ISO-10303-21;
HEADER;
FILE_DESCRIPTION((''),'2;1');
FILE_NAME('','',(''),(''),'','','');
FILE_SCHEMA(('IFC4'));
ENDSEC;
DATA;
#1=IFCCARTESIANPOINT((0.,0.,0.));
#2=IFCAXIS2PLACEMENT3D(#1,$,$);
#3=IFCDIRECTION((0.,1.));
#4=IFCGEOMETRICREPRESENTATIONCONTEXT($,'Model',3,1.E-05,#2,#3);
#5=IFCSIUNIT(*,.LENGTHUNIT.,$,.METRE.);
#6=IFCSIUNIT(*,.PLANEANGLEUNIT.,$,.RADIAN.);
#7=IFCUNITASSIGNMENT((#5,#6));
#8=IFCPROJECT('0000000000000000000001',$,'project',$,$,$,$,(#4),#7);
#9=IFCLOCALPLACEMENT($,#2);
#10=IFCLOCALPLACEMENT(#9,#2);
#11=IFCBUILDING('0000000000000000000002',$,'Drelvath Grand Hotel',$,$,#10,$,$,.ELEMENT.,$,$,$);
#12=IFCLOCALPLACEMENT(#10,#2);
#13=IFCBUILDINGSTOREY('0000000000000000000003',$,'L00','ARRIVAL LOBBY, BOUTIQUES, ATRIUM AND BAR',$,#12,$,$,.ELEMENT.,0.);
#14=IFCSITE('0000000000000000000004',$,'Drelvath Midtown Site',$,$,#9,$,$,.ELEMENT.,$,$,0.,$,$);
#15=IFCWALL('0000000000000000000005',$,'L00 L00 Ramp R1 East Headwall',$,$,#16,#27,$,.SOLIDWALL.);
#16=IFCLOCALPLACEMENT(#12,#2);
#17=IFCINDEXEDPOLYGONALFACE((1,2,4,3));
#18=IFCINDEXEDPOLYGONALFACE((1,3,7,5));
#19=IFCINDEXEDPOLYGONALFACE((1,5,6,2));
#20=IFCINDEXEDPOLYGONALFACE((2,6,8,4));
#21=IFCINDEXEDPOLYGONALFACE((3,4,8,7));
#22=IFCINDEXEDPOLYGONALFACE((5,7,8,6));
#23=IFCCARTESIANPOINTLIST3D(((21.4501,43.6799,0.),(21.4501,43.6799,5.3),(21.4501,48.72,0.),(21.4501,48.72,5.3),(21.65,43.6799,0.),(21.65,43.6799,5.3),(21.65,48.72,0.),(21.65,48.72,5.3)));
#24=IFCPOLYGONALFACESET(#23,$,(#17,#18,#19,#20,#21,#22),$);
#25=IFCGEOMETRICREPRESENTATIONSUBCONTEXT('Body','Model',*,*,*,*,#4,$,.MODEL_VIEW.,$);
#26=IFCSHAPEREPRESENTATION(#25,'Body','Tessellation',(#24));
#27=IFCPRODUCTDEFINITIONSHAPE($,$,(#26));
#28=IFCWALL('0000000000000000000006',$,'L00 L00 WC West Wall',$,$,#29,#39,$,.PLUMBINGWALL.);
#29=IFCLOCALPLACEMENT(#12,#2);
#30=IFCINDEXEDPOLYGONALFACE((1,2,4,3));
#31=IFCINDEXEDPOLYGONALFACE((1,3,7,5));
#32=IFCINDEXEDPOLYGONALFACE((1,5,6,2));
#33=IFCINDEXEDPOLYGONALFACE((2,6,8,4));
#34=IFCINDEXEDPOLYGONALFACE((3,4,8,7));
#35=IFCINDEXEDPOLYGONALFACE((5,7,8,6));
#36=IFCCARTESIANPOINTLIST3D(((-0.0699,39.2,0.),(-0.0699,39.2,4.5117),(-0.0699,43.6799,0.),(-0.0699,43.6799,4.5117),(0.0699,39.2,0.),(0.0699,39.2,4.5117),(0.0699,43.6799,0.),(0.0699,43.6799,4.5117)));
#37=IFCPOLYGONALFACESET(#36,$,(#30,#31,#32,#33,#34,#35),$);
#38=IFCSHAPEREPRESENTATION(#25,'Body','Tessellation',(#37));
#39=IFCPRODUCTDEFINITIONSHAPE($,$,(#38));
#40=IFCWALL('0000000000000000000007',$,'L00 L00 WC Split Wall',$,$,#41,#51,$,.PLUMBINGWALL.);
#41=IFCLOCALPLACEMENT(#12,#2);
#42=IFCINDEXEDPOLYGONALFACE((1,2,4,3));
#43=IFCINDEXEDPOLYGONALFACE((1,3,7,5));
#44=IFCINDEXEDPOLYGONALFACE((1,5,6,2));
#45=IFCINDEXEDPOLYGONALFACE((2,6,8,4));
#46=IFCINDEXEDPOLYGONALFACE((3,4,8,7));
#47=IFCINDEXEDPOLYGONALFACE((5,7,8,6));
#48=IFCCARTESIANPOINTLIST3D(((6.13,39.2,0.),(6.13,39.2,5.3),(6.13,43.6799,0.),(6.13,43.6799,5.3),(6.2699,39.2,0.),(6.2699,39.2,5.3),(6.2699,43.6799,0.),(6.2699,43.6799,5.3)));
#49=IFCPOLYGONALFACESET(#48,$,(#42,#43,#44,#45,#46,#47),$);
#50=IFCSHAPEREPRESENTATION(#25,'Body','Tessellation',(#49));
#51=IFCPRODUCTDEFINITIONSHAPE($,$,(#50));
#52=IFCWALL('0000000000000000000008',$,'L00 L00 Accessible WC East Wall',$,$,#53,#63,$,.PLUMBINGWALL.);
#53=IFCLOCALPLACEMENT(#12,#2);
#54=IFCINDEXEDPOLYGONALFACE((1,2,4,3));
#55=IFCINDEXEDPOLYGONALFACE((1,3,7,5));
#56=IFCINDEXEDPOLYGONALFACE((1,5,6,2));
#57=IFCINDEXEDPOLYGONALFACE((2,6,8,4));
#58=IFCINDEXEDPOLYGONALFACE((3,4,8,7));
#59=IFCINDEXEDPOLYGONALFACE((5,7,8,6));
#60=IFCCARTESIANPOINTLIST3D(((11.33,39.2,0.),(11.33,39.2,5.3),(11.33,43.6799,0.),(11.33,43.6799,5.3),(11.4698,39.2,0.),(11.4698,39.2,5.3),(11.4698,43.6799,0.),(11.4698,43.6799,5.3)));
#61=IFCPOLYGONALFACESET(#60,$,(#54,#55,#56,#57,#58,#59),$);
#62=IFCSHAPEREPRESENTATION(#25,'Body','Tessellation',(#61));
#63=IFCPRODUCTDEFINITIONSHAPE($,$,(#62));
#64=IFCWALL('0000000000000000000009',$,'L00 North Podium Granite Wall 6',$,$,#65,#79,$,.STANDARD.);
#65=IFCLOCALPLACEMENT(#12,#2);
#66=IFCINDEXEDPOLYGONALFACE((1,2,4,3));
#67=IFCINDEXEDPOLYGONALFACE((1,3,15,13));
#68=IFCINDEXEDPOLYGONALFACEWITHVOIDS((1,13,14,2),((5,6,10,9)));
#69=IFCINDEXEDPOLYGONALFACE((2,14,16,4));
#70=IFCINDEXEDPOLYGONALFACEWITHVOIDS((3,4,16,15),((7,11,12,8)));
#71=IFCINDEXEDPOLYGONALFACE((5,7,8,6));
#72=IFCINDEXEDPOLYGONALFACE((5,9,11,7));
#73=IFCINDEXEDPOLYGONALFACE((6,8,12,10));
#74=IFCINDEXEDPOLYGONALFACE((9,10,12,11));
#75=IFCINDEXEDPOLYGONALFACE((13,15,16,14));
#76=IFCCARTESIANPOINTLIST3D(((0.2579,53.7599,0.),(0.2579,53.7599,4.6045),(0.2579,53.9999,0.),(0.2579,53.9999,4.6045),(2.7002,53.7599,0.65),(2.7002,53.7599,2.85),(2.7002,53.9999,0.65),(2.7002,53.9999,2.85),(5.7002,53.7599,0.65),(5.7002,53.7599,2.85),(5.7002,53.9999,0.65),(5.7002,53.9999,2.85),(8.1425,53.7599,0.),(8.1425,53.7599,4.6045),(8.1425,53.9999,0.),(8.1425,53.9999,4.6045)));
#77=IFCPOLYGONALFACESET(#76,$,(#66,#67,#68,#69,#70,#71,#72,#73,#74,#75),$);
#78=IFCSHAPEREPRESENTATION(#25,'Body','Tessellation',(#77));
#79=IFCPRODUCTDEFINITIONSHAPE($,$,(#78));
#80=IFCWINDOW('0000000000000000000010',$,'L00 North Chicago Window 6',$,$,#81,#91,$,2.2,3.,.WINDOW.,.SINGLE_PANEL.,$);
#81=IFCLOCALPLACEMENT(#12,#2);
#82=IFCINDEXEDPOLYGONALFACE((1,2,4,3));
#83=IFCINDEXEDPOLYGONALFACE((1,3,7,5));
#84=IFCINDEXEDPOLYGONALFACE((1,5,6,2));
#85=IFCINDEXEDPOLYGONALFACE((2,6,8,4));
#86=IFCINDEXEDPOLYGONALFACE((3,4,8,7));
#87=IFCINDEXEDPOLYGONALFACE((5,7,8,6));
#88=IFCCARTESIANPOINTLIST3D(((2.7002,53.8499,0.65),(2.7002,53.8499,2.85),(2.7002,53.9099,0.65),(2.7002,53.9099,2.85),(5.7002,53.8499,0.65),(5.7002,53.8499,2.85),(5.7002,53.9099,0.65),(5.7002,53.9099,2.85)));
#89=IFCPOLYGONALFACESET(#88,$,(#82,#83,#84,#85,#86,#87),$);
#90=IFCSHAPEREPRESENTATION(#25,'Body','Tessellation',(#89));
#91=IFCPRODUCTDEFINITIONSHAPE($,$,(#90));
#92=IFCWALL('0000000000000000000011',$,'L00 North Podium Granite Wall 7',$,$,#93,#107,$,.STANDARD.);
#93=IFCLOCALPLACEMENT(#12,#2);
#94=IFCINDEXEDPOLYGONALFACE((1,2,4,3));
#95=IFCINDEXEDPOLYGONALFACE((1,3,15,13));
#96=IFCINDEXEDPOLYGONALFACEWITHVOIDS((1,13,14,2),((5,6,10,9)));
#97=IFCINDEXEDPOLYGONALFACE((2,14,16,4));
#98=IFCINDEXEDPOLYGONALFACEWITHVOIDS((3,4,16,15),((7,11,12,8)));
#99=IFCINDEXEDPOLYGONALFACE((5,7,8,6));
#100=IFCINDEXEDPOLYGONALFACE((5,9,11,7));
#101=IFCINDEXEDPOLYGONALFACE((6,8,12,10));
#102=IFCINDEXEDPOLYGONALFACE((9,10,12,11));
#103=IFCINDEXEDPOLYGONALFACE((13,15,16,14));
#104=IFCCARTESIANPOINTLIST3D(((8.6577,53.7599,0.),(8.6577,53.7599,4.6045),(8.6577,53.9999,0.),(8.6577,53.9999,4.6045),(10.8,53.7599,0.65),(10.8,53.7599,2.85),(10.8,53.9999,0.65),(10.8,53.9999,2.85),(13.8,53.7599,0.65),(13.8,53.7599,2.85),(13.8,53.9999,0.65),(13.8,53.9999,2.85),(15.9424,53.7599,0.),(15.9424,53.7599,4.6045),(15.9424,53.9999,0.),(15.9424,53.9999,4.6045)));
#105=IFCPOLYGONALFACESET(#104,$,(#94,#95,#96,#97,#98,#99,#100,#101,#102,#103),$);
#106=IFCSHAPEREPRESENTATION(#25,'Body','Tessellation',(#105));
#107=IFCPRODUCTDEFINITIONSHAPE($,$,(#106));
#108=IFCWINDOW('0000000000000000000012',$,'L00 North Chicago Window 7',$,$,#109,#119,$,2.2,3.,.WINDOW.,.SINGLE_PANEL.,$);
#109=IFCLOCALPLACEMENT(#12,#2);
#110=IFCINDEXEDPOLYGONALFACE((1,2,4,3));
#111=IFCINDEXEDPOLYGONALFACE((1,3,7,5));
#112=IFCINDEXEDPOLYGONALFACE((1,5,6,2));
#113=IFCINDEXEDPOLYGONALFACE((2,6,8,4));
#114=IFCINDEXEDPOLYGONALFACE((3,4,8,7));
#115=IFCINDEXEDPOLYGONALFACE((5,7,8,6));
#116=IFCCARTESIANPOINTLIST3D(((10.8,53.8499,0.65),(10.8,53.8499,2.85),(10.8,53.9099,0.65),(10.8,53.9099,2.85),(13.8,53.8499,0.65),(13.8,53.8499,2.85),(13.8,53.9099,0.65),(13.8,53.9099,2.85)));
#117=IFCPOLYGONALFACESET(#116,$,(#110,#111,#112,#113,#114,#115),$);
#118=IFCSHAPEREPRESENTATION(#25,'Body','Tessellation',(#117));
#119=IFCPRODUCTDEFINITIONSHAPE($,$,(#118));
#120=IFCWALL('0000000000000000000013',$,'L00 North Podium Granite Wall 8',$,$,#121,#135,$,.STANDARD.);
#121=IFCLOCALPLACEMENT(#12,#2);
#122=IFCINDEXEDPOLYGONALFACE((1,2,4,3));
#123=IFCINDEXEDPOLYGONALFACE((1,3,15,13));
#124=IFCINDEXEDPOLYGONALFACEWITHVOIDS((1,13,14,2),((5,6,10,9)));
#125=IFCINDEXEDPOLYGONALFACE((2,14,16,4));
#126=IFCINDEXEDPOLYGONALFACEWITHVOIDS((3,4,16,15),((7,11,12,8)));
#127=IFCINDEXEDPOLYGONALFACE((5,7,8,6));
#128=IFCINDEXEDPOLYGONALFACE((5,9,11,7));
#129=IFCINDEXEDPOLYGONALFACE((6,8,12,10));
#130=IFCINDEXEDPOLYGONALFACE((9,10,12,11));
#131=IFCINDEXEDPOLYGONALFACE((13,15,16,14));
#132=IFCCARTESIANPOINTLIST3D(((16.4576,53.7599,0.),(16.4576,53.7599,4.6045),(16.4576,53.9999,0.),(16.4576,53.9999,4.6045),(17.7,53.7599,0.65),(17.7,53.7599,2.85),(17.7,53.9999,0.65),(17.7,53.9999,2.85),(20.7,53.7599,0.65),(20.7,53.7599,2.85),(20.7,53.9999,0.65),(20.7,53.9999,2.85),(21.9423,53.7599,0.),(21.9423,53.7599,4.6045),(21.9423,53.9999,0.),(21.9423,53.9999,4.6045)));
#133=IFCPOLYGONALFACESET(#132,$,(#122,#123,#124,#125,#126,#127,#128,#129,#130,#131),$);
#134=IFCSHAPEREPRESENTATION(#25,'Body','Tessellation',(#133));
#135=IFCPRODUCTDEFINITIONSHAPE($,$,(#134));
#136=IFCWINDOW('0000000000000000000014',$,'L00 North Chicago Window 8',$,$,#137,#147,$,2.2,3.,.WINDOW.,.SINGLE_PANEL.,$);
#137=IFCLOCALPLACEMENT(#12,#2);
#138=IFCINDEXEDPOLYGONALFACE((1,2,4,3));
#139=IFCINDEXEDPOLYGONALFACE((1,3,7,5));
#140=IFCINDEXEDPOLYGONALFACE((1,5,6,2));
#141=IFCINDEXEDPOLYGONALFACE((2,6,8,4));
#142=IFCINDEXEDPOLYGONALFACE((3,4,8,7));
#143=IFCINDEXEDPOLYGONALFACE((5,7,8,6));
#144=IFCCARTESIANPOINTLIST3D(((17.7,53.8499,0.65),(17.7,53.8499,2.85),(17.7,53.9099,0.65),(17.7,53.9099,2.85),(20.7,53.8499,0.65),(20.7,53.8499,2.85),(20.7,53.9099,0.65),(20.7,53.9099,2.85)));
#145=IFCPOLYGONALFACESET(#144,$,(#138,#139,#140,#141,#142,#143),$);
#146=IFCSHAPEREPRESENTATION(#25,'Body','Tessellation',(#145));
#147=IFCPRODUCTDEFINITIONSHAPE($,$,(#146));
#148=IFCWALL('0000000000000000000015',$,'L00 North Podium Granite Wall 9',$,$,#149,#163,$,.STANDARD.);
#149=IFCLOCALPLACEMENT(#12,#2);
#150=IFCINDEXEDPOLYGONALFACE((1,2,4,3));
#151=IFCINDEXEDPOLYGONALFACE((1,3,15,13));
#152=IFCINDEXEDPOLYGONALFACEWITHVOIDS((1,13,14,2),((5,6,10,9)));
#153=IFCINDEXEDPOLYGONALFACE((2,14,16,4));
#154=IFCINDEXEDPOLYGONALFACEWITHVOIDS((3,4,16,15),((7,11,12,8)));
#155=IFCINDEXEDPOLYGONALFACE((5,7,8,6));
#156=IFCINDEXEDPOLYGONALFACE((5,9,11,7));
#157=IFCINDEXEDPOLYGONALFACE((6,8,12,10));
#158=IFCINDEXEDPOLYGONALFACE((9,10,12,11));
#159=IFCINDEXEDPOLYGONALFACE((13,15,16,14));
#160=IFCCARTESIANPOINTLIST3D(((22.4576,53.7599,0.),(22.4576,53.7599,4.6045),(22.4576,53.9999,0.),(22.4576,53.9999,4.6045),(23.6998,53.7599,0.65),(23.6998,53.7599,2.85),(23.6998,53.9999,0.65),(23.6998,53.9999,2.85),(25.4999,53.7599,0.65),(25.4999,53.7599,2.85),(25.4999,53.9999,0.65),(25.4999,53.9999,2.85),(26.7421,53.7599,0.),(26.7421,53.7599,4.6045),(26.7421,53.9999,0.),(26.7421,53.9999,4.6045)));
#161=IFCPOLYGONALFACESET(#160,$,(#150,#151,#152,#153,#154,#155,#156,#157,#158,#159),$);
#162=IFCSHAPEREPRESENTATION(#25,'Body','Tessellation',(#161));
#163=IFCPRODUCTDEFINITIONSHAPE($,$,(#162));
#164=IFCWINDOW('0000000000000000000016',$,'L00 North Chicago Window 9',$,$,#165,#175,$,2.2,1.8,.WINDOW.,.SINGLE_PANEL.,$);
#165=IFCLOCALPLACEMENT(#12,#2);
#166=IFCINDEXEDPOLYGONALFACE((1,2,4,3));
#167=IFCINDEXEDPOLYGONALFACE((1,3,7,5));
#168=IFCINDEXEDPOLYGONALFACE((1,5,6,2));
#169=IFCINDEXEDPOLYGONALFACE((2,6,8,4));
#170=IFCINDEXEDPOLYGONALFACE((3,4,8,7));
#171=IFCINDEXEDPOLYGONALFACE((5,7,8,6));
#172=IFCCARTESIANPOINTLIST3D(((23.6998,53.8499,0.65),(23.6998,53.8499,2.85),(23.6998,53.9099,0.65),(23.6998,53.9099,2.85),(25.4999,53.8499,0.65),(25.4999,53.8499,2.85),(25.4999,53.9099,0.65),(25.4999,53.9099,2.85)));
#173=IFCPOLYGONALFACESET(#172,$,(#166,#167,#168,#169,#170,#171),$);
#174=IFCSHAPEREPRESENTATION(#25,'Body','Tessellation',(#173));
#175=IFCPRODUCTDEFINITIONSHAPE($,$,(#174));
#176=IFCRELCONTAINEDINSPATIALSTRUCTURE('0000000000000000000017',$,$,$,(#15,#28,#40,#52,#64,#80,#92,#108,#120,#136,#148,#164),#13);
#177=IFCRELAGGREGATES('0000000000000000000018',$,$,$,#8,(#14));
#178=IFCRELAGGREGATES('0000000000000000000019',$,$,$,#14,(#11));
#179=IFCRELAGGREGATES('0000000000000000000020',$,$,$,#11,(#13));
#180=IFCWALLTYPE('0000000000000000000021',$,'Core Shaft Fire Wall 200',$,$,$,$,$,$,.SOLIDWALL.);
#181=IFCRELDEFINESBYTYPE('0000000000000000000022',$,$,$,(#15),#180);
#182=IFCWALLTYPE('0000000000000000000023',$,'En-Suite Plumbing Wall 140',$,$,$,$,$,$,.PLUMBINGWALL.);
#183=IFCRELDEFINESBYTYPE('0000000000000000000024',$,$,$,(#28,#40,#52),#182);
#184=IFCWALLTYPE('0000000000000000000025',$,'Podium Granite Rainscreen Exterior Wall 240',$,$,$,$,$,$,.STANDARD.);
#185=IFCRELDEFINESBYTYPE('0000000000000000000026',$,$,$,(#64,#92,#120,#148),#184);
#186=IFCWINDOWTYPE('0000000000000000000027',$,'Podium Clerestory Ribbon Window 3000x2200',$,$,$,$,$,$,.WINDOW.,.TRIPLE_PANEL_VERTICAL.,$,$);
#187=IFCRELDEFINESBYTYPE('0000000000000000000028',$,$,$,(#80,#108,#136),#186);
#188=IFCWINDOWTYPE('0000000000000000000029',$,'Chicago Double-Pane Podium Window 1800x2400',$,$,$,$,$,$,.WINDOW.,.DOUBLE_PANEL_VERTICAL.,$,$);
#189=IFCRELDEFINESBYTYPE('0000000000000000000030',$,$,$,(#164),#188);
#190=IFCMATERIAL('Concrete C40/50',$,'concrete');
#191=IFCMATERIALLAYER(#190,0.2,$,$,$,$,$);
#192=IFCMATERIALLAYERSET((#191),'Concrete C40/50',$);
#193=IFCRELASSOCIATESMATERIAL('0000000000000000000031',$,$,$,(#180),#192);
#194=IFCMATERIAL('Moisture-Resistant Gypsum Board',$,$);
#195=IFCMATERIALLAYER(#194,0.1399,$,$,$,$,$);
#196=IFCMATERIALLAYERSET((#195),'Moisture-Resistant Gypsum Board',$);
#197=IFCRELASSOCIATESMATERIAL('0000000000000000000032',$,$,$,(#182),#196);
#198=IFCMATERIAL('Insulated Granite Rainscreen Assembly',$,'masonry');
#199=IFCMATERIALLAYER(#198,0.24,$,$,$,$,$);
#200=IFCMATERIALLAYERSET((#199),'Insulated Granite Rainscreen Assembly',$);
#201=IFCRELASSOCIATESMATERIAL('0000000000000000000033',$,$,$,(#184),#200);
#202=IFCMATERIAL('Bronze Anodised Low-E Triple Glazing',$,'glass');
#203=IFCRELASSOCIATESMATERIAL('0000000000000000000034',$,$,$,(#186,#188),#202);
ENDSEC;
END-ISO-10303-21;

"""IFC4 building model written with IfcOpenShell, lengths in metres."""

from ifc_helpers import new_model, si_unit, direction, frame, frame_2d, origin, place, context, subcontext, project, spatial, rectangle, extrude, material, layer, layer_set, type_object, element, fill, save


model = new_model("IFC4")

# Units and contexts
model_context = context("Model", 3, precision=1e-05, world=origin(), true_north=direction((0.0, 1.0)))
body_context = subcontext(model_context, "Body", "Model", "MODEL_VIEW")
ifc_project = project(units=[si_unit("LENGTHUNIT", "METRE"), si_unit("PLANEANGLEUNIT", "RADIAN")], contexts=[model_context])

# Site, building, storey
site_placement = place(None, origin())
site = spatial("IfcSite", under=ifc_project, at=site_placement, Name="Drelvath Midtown Site", CompositionType="ELEMENT", RefElevation=0.0)
building_placement = place(site_placement, origin())
building = spatial("IfcBuilding", under=site, at=building_placement, Name="Drelvath Grand Hotel", CompositionType="ELEMENT")
storey_placement = place(building_placement, origin())
storey = spatial("IfcBuildingStorey", under=building, at=storey_placement, Name="L00", Description="ARRIVAL LOBBY, BOUTIQUES, ATRIUM AND BAR", CompositionType="ELEMENT", Elevation=0.0)

# Walls
ifc_material_1 = material(Name="Concrete C40/50", Category="concrete")
ifc_layer_1 = layer(ifc_material_1, 0.2)
ifc_layer_set_1 = layer_set([ifc_layer_1], Name="Concrete C40/50")
wall_type_1 = type_object("IfcWallType", Name="Core Shaft Fire Wall 200", PredefinedType="SOLIDWALL", material=ifc_layer_set_1)
wall_1_placement = place(storey_placement, frame((21.55, 43.6799, 0.0), z_axis=(0.0, 0.0, 1.0), x_axis=(0.0, 1.0, 0.0)))
element("IfcWall", 1, at=wall_1_placement, inside=storey, type_object=wall_type_1, Name="L00 L00 Ramp R1 East Headwall", PredefinedType="SOLIDWALL", context=body_context, shape_type="SweptSolid", body=[
    extrude(rectangle(XDim=5.04, YDim=0.2, at=frame_2d((2.52, 0.0))), origin(), (0.0, 0.0, 1.0), 5.3),
])
ifc_material_2 = material(Name="Moisture-Resistant Gypsum Board")
ifc_layer_2 = layer(ifc_material_2, 0.1399)
ifc_layer_set_2 = layer_set([ifc_layer_2], Name="Moisture-Resistant Gypsum Board")
wall_type_2 = type_object("IfcWallType", Name="En-Suite Plumbing Wall 140", PredefinedType="PLUMBINGWALL", material=ifc_layer_set_2)
wall_2_placement = place(storey_placement, frame((0.0, 39.2, 0.0), z_axis=(0.0, 0.0, 1.0), x_axis=(0.0, 1.0, 0.0)))
element("IfcWall", 2, at=wall_2_placement, inside=storey, type_object=wall_type_2, Name="L00 L00 WC West Wall", PredefinedType="PLUMBINGWALL", context=body_context, shape_type="SweptSolid", body=[
    extrude(rectangle(XDim=4.48, YDim=0.1399, at=frame_2d((2.24, 0.0))), origin(), (0.0, 0.0, 1.0), 4.5117),
])
for number, where, z_axis, x_axis, name in (
    (3, (6.2, 39.2, 0.0), (0.0, 0.0, 1.0), (0.0, 1.0, 0.0), "L00 L00 WC Split Wall"),
    (4, (11.3999, 39.2, 0.0), (0.0, 0.0, 1.0), (0.0, 1.0, 0.0), "L00 L00 Accessible WC East Wall"),
):
    element("IfcWall", number, at=place(storey_placement, frame(where, z_axis=z_axis, x_axis=x_axis)), inside=storey, type_object=wall_type_2, Name=name, PredefinedType="PLUMBINGWALL", context=body_context, shape_type="SweptSolid", body=[
        extrude(rectangle(XDim=4.48, YDim=0.1399, at=frame_2d((2.24, 0.0))), origin(), (0.0, 0.0, 1.0), 5.3),
    ])

# Walls, openings, windows
ifc_material_3 = material(Name="Insulated Granite Rainscreen Assembly", Category="masonry")
ifc_layer_3 = layer(ifc_material_3, 0.24)
ifc_layer_set_3 = layer_set([ifc_layer_3], Name="Insulated Granite Rainscreen Assembly")
wall_type_3 = type_object("IfcWallType", Name="Podium Granite Rainscreen Exterior Wall 240", PredefinedType="STANDARD", material=ifc_layer_set_3)
wall_3_placement = place(storey_placement, frame((0.2578, 53.8799, 0.0), z_axis=(0.0, 0.0, 1.0), x_axis=(1.0, 0.0, 0.0)))
wall_3 = element("IfcWall", 5, at=wall_3_placement, inside=storey, type_object=wall_type_3, Name="L00 North Podium Granite Wall 6", PredefinedType="STANDARD", context=body_context, shape_type="SweptSolid", body=[
    extrude(rectangle(XDim=7.8845, YDim=0.24, at=frame_2d((3.9424, 0.0))), origin(), (0.0, 0.0, 1.0), 4.6045),
])
opening_1_placement = place(wall_3_placement, frame((2.4424, 0.0, 0.6499)))
opening_1 = element("IfcOpeningElement", 6, at=opening_1_placement, cuts=wall_3, PredefinedType="OPENING", context=body_context, shape_type="SweptSolid", body=[
    extrude(rectangle(XDim=3.0, YDim=2.2, at=frame_2d((1.5, 1.1001))), frame((0.0, 0.1299, 0.0), z_axis=(0.0, -1.0, 0.0), x_axis=(1.0, 0.0, 0.0)), (0.0, 0.0, 1.0), 0.26),
])
ifc_material_4 = material(Name="Bronze Anodised Low-E Triple Glazing", Category="glass")
window_type_1 = type_object("IfcWindowType", Name="Podium Clerestory Ribbon Window 3000x2200", PartitioningType="TRIPLE_PANEL_VERTICAL", PredefinedType="WINDOW", material=ifc_material_4)
window_1_placement = place(opening_1_placement, origin())
window_1 = element("IfcWindow", 7, at=window_1_placement, inside=storey, type_object=window_type_1, Name="L00 North Chicago Window 6", OverallHeight=2.2, OverallWidth=3.0, PartitioningType="SINGLE_PANEL", PredefinedType="WINDOW", context=body_context, shape_type="SweptSolid", body=[
    extrude(rectangle(XDim=3.0, YDim=2.2, at=frame_2d((1.5, 1.1001))), frame((0.0, 0.03, 0.0), z_axis=(0.0, -1.0, 0.0), x_axis=(1.0, 0.0, 0.0)), (0.0, 0.0, 1.0), 0.0601),
])
fill(opening_1, window_1)
wall_4_placement = place(storey_placement, frame((8.6577, 53.8799, 0.0), z_axis=(0.0, 0.0, 1.0), x_axis=(1.0, 0.0, 0.0)))
wall_4 = element("IfcWall", 8, at=wall_4_placement, inside=storey, type_object=wall_type_3, Name="L00 North Podium Granite Wall 7", PredefinedType="STANDARD", context=body_context, shape_type="SweptSolid", body=[
    extrude(rectangle(XDim=7.2847, YDim=0.24, at=frame_2d((3.6423, 0.0))), origin(), (0.0, 0.0, 1.0), 4.6045),
])
opening_2_placement = place(wall_4_placement, frame((2.1423, 0.0, 0.6499)))
opening_2 = element("IfcOpeningElement", 9, at=opening_2_placement, cuts=wall_4, PredefinedType="OPENING", context=body_context, shape_type="SweptSolid", body=[
    extrude(rectangle(XDim=3.0, YDim=2.2, at=frame_2d((1.5, 1.1001))), frame((0.0, 0.1299, 0.0), z_axis=(0.0, -1.0, 0.0), x_axis=(1.0, 0.0, 0.0)), (0.0, 0.0, 1.0), 0.26),
])
window_2_placement = place(opening_2_placement, origin())
window_2 = element("IfcWindow", 10, at=window_2_placement, inside=storey, type_object=window_type_1, Name="L00 North Chicago Window 7", OverallHeight=2.2, OverallWidth=3.0, PartitioningType="SINGLE_PANEL", PredefinedType="WINDOW", context=body_context, shape_type="SweptSolid", body=[
    extrude(rectangle(XDim=3.0, YDim=2.2, at=frame_2d((1.5, 1.1001))), frame((0.0, 0.03, 0.0), z_axis=(0.0, -1.0, 0.0), x_axis=(1.0, 0.0, 0.0)), (0.0, 0.0, 1.0), 0.0601),
])
fill(opening_2, window_2)
wall_5_placement = place(storey_placement, frame((16.4578, 53.8799, 0.0), z_axis=(0.0, 0.0, 1.0), x_axis=(1.0, 0.0, 0.0)))
wall_5 = element("IfcWall", 11, at=wall_5_placement, inside=storey, type_object=wall_type_3, Name="L00 North Podium Granite Wall 8", PredefinedType="STANDARD", context=body_context, shape_type="SweptSolid", body=[
    extrude(rectangle(XDim=5.4846, YDim=0.24, at=frame_2d((2.7422, 0.0))), origin(), (0.0, 0.0, 1.0), 4.6045),
])
opening_3_placement = place(wall_5_placement, frame((1.2422, 0.0, 0.6499)))
opening_3 = element("IfcOpeningElement", 12, at=opening_3_placement, cuts=wall_5, PredefinedType="OPENING", context=body_context, shape_type="SweptSolid", body=[
    extrude(rectangle(XDim=3.0, YDim=2.2, at=frame_2d((1.5, 1.1001))), frame((0.0, 0.1299, 0.0), z_axis=(0.0, -1.0, 0.0), x_axis=(1.0, 0.0, 0.0)), (0.0, 0.0, 1.0), 0.26),
])
window_3_placement = place(opening_3_placement, origin())
window_3 = element("IfcWindow", 13, at=window_3_placement, inside=storey, type_object=window_type_1, Name="L00 North Chicago Window 8", OverallHeight=2.2, OverallWidth=3.0, PartitioningType="SINGLE_PANEL", PredefinedType="WINDOW", context=body_context, shape_type="SweptSolid", body=[
    extrude(rectangle(XDim=3.0, YDim=2.2, at=frame_2d((1.5, 1.1001))), frame((0.0, 0.03, 0.0), z_axis=(0.0, -1.0, 0.0), x_axis=(1.0, 0.0, 0.0)), (0.0, 0.0, 1.0), 0.0601),
])
fill(opening_3, window_3)
wall_6_placement = place(storey_placement, frame((22.4578, 53.8799, 0.0), z_axis=(0.0, 0.0, 1.0), x_axis=(1.0, 0.0, 0.0)))
wall_6 = element("IfcWall", 14, at=wall_6_placement, inside=storey, type_object=wall_type_3, Name="L00 North Podium Granite Wall 9", PredefinedType="STANDARD", context=body_context, shape_type="SweptSolid", body=[
    extrude(rectangle(XDim=4.2844, YDim=0.24, at=frame_2d((2.1421, 0.0))), origin(), (0.0, 0.0, 1.0), 4.6045),
])
opening_4_placement = place(wall_6_placement, frame((1.2422, 0.0, 0.6499)))
opening_4 = element("IfcOpeningElement", 15, at=opening_4_placement, cuts=wall_6, PredefinedType="OPENING", context=body_context, shape_type="SweptSolid", body=[
    extrude(rectangle(XDim=1.8, YDim=2.2, at=frame_2d((0.8999, 1.1001))), frame((0.0, 0.1299, 0.0), z_axis=(0.0, -1.0, 0.0), x_axis=(1.0, 0.0, 0.0)), (0.0, 0.0, 1.0), 0.26),
])
window_type_2 = type_object("IfcWindowType", Name="Chicago Double-Pane Podium Window 1800x2400", PartitioningType="DOUBLE_PANEL_VERTICAL", PredefinedType="WINDOW", material=ifc_material_4)
window_4_placement = place(opening_4_placement, origin())
window_4 = element("IfcWindow", 16, at=window_4_placement, inside=storey, type_object=window_type_2, Name="L00 North Chicago Window 9", OverallHeight=2.2, OverallWidth=1.8, PartitioningType="SINGLE_PANEL", PredefinedType="WINDOW", context=body_context, shape_type="SweptSolid", body=[
    extrude(rectangle(XDim=1.8, YDim=2.2, at=frame_2d((0.8999, 1.1001))), frame((0.0, 0.03, 0.0), z_axis=(0.0, -1.0, 0.0), x_axis=(1.0, 0.0, 0.0)), (0.0, 0.0, 1.0), 0.0601),
])
fill(opening_4, window_4)

save(model, "model.ifc")
